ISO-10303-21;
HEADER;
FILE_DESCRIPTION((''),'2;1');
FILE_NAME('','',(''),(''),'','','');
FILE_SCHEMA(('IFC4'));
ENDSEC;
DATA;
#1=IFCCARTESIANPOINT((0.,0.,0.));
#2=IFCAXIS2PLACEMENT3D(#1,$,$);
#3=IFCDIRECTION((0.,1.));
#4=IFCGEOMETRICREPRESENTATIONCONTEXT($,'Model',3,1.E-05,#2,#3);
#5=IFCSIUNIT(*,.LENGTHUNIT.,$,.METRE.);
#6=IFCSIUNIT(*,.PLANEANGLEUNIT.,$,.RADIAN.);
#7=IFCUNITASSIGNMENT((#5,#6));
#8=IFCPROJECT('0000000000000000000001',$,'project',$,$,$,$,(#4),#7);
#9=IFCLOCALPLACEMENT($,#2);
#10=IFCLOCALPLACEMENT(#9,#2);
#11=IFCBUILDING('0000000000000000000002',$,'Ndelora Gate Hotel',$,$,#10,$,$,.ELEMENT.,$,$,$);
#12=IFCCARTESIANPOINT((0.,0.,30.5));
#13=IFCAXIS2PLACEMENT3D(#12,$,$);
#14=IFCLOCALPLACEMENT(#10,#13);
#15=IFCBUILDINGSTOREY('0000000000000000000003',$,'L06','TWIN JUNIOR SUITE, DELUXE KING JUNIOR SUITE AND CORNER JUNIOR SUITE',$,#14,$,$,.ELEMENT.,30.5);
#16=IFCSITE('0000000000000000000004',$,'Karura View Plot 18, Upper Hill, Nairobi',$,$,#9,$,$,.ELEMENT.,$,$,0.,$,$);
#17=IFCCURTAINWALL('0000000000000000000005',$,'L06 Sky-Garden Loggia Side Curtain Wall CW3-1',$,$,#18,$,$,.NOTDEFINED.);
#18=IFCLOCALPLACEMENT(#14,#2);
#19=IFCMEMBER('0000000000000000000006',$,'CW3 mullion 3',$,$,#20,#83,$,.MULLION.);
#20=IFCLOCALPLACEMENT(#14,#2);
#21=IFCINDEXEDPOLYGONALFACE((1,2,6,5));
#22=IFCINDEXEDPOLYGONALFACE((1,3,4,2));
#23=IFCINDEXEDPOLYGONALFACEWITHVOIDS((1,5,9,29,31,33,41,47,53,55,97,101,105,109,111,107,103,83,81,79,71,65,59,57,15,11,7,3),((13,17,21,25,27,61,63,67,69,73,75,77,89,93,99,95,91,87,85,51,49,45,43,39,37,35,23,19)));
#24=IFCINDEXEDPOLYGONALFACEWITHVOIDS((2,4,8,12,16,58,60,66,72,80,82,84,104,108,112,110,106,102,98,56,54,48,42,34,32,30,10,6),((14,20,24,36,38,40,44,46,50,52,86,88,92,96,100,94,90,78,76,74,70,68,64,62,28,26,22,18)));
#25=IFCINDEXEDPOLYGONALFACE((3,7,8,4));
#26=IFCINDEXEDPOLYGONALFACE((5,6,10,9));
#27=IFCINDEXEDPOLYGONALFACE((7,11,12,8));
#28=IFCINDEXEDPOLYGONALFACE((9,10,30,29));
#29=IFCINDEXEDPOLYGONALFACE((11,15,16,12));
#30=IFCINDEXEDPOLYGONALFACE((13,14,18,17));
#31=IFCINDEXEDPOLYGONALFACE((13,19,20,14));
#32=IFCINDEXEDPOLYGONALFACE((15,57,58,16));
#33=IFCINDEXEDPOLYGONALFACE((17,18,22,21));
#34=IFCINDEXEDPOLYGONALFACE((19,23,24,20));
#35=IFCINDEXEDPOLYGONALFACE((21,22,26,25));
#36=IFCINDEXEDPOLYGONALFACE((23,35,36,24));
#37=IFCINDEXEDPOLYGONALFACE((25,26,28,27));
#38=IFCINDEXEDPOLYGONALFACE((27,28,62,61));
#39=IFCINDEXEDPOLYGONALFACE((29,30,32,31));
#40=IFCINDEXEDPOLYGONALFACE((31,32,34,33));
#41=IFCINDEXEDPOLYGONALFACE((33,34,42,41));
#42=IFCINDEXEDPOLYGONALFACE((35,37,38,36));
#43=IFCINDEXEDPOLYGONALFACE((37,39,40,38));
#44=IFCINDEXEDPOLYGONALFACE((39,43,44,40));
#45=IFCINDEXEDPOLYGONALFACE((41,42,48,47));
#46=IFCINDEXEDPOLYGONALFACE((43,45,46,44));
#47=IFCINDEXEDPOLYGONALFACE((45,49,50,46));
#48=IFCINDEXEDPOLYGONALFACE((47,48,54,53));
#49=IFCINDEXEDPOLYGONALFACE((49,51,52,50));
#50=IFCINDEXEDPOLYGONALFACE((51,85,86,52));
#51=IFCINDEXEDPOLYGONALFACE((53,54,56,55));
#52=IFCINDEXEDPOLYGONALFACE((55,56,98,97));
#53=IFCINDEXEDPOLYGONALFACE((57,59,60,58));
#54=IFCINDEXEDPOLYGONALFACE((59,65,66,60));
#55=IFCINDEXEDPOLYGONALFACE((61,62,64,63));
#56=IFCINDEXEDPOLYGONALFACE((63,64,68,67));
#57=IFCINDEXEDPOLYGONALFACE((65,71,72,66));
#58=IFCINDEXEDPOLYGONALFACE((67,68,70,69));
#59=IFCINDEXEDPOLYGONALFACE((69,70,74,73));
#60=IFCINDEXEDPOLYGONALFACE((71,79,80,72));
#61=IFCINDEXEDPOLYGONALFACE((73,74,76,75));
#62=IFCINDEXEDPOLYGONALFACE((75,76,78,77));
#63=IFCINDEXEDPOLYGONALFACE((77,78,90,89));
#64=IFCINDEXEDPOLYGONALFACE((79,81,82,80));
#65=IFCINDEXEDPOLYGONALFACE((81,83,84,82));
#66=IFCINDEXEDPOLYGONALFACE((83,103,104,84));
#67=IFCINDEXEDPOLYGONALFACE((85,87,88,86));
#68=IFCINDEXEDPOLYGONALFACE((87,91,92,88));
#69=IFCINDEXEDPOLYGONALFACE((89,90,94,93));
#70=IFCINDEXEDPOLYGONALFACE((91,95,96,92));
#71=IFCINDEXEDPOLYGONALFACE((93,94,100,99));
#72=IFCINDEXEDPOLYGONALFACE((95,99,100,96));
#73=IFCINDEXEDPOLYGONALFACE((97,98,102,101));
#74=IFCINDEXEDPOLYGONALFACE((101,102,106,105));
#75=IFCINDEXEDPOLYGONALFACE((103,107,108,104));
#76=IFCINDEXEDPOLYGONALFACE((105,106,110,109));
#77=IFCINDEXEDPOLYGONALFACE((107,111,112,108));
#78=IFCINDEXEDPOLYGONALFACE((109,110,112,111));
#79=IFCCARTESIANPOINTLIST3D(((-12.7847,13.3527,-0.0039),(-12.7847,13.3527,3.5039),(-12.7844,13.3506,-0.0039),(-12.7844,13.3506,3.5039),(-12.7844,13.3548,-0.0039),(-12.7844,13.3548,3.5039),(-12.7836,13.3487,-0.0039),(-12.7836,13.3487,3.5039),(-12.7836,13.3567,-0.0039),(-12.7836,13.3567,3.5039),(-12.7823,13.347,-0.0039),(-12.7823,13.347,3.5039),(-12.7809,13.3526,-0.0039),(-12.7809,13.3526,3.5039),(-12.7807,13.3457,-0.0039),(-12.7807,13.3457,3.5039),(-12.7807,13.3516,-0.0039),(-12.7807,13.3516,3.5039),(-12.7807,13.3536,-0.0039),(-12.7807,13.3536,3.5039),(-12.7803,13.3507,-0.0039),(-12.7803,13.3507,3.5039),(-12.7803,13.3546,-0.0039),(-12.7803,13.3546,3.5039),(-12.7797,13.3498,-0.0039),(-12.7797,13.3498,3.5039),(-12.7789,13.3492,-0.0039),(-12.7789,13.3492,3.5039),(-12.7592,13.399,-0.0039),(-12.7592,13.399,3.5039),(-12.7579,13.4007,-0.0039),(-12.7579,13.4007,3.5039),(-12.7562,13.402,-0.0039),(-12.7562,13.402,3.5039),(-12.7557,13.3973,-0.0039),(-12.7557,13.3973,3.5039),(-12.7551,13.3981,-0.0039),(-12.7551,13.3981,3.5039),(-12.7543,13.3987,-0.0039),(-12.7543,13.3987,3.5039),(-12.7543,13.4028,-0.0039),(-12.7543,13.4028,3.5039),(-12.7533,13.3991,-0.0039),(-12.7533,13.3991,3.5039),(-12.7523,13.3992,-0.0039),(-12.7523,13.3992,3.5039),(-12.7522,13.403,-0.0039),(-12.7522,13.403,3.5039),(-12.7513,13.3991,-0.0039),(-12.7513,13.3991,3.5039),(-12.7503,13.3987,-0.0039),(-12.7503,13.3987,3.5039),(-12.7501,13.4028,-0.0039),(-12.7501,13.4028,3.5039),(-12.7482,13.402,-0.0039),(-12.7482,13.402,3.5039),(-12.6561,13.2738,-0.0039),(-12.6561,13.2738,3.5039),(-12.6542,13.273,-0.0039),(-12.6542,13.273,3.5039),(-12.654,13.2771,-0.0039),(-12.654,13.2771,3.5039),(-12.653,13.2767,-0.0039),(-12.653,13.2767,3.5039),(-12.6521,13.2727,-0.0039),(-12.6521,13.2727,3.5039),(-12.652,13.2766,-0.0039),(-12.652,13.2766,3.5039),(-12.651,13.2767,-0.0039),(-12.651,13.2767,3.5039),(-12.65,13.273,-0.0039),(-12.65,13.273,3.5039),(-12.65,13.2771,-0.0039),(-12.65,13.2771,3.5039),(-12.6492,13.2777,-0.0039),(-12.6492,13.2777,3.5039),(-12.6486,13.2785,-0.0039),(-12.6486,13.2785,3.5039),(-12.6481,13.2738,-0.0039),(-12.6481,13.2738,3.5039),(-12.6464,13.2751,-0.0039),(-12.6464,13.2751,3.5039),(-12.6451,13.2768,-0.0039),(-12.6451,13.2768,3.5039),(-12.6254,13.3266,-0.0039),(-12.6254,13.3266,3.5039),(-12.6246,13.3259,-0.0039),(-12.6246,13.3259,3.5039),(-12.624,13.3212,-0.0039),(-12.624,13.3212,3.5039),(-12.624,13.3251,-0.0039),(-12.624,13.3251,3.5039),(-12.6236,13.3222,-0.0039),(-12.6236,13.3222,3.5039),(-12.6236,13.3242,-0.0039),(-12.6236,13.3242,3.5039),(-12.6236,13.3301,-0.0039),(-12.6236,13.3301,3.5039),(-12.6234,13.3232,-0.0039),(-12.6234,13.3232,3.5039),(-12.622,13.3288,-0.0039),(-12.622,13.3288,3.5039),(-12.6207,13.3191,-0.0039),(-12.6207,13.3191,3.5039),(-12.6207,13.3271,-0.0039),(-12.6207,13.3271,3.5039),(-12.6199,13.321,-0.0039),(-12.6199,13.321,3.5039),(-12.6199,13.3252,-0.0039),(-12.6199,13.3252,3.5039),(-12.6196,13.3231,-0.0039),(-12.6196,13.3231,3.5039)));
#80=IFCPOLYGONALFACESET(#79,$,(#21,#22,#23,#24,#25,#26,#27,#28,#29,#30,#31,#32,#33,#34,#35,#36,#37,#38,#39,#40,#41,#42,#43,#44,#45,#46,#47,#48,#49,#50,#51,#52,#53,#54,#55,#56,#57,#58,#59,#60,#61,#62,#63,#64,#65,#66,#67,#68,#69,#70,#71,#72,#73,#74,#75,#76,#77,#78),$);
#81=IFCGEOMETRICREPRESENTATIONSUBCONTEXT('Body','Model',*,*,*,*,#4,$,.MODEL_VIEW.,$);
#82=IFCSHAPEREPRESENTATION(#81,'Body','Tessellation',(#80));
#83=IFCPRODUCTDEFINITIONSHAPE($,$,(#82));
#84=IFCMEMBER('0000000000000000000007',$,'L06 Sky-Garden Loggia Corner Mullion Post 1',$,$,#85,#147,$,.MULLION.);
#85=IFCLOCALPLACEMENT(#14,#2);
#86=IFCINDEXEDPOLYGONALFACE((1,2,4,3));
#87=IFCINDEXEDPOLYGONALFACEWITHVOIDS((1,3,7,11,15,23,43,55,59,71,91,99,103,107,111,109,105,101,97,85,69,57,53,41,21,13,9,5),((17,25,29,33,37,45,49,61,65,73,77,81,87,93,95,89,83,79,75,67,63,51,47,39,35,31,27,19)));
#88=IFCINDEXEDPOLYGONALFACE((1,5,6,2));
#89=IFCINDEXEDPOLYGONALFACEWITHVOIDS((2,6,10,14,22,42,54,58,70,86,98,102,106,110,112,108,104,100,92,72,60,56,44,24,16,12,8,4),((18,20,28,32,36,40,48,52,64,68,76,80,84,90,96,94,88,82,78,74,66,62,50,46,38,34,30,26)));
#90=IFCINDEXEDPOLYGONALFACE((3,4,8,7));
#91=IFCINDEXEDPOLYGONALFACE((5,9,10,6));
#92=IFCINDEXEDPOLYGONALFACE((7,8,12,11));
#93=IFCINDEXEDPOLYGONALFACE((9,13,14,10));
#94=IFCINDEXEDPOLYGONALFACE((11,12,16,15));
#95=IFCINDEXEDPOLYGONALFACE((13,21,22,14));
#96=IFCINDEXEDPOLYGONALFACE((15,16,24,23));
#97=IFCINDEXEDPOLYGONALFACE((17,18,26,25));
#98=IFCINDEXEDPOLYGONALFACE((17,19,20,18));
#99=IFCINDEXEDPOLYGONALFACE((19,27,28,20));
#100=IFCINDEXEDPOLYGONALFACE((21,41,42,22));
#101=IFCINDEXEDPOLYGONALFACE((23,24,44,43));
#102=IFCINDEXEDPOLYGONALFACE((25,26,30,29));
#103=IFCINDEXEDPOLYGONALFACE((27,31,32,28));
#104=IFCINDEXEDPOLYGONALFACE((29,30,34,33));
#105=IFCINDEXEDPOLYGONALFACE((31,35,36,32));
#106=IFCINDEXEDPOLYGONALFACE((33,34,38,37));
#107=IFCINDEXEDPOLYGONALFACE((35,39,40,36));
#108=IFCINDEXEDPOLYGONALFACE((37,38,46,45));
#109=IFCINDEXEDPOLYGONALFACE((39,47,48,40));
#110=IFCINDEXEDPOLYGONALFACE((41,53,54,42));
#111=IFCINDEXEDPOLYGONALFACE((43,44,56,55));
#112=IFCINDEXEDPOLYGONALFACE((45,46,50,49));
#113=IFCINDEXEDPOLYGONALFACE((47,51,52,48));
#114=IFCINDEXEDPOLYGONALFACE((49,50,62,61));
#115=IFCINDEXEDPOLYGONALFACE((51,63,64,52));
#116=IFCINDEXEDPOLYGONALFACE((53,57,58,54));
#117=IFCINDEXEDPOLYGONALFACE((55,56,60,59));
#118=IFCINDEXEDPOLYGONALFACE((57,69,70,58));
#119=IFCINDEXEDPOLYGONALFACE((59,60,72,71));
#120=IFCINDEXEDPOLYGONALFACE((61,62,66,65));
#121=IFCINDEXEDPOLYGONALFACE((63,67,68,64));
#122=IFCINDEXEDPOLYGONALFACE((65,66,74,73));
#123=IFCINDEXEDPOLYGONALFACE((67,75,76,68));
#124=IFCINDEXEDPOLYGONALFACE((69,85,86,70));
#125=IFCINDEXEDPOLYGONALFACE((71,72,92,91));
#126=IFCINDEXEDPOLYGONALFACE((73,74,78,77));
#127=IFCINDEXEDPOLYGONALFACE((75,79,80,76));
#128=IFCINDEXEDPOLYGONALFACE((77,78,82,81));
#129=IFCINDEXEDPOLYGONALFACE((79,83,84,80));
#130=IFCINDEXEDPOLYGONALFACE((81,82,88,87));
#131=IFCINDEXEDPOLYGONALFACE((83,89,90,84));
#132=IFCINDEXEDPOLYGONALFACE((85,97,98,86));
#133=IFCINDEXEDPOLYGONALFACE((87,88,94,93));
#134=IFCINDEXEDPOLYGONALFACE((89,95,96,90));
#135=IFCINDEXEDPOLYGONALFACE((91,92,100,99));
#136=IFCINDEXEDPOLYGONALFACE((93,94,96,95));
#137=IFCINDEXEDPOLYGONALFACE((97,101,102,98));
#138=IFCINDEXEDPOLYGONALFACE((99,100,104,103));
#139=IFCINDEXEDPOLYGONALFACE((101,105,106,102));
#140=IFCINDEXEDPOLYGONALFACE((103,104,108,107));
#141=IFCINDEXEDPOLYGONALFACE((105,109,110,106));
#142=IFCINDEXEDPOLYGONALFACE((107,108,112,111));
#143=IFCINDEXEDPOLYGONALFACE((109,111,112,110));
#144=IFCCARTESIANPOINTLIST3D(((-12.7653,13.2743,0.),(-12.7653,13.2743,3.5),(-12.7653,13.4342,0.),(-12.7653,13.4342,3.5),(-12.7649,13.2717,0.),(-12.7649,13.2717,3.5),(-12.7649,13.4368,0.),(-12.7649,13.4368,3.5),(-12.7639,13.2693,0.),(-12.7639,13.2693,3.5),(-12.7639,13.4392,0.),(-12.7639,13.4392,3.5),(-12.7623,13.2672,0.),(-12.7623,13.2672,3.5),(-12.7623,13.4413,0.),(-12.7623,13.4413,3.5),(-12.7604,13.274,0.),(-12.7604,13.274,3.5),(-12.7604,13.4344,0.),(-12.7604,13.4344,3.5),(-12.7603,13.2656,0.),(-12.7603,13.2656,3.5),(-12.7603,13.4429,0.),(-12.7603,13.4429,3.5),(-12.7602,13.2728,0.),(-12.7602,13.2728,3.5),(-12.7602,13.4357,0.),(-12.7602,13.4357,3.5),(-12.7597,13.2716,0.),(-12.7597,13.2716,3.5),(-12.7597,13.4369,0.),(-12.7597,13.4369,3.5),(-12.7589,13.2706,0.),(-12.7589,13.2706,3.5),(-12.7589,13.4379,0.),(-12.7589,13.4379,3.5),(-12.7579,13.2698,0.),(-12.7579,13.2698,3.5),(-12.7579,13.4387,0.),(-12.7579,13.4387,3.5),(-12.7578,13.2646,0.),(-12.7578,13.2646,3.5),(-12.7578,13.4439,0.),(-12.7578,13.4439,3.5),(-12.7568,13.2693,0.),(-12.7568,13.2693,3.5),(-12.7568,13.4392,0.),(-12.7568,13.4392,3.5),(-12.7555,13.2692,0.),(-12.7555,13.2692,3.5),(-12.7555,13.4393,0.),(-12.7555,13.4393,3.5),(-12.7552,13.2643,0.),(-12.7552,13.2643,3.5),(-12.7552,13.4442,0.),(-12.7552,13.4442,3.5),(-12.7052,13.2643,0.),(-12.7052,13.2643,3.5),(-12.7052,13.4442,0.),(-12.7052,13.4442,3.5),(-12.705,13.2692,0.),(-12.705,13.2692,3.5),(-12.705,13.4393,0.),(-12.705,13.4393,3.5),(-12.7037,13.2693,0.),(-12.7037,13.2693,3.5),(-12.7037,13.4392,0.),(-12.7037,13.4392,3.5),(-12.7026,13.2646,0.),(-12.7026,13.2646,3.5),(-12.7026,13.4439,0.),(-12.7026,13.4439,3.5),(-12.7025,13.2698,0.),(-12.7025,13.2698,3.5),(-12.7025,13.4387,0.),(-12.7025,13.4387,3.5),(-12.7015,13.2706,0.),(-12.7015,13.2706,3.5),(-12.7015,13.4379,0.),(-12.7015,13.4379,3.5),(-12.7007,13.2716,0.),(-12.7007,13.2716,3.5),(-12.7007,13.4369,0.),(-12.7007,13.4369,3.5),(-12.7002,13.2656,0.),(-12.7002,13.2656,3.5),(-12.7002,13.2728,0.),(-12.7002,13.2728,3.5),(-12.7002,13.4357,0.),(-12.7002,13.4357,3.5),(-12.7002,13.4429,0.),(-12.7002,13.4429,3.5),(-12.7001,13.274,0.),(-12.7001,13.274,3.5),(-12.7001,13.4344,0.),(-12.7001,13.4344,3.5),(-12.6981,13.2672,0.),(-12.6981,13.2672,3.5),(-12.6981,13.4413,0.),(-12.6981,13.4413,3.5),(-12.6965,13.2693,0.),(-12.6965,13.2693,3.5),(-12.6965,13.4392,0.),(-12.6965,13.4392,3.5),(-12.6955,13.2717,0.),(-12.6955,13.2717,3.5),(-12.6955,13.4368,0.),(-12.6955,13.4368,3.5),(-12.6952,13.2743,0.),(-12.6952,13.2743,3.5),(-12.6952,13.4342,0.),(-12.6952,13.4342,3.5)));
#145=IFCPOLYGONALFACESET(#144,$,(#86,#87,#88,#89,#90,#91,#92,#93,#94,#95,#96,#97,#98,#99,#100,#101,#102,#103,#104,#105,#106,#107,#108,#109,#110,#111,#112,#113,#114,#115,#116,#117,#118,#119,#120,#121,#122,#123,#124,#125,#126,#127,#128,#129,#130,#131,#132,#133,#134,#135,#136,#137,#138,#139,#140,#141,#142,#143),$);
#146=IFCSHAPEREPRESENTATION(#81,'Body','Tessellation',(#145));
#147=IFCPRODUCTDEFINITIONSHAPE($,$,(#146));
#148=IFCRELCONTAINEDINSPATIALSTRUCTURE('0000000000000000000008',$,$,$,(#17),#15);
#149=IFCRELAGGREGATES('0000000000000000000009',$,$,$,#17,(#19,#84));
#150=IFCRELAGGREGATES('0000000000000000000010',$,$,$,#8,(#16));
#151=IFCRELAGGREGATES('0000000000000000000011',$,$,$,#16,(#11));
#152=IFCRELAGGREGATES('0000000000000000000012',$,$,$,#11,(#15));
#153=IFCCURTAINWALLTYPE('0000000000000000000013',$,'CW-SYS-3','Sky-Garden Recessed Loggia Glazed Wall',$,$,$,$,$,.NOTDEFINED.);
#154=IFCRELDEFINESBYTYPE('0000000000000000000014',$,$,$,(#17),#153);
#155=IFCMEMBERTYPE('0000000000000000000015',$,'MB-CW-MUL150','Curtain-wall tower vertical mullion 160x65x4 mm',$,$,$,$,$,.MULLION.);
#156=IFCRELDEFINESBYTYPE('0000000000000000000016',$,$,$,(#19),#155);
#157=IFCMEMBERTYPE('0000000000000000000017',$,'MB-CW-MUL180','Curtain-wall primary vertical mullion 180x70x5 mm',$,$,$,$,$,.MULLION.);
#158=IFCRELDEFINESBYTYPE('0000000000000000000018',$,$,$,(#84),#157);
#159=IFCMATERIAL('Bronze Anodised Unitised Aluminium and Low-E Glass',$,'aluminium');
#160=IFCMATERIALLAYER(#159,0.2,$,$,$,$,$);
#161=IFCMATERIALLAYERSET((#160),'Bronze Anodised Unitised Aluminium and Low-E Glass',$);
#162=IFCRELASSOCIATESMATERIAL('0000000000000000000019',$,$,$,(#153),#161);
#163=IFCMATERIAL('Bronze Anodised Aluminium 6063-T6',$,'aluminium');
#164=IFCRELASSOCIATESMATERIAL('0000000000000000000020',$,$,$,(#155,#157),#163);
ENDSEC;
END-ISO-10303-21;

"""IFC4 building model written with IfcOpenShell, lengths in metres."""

from ifc_helpers import new_model, si_unit, direction, frame, origin, origin_2d, place, context, subcontext, project, spatial, hollow_rectangle, extrude, material, layer, layer_set, material_profile, profile_set, type_object, element, aggregate, save


model = new_model("IFC4")

# Units and contexts
model_context = context("Model", 3, precision=1e-05, world=origin(), true_north=direction((0.0, 1.0)))
body_context = subcontext(model_context, "Body", "Model", "MODEL_VIEW")
ifc_project = project(units=[si_unit("LENGTHUNIT", "METRE"), si_unit("PLANEANGLEUNIT", "RADIAN")], contexts=[model_context])

# Site, building, storey
site_placement = place(None, origin())
site = spatial("IfcSite", under=ifc_project, at=site_placement, Name="Karura View Plot 18, Upper Hill, Nairobi", CompositionType="ELEMENT", RefElevation=0.0)
building_placement = place(site_placement, origin())
building = spatial("IfcBuilding", under=site, at=building_placement, Name="Ndelora Gate Hotel", CompositionType="ELEMENT")
storey_placement = place(building_placement, frame((0.0, 0.0, 30.5)))
storey = spatial("IfcBuildingStorey", under=building, at=storey_placement, Name="L06", Description="TWIN JUNIOR SUITE, DELUXE KING JUNIOR SUITE AND CORNER JUNIOR SUITE", CompositionType="ELEMENT", Elevation=30.5)

# Curtain wall, members
ifc_material_1 = material(Name="Bronze Anodised Unitised Aluminium and Low-E Glass", Category="aluminium")
ifc_layer_1 = layer(ifc_material_1, 0.2)
ifc_layer_set_1 = layer_set([ifc_layer_1], Name="Bronze Anodised Unitised Aluminium and Low-E Glass")
curtain_wall_type = type_object("IfcCurtainWallType", Name="CW-SYS-3", Description="Sky-Garden Recessed Loggia Glazed Wall", PredefinedType="NOTDEFINED", material=ifc_layer_set_1)
curtain_wall_placement = place(storey_placement, origin())
curtain_wall = element("IfcCurtainWall", 1, at=curtain_wall_placement, inside=storey, type_object=curtain_wall_type, Name="L06 Sky-Garden Loggia Side Curtain Wall CW3-1", PredefinedType="NOTDEFINED")
ifc_material_2 = material(Name="Bronze Anodised Aluminium 6063-T6", Category="aluminium")
ifc_material_profile_1 = material_profile(ifc_material_2, hollow_rectangle(XDim=0.0649, YDim=0.1599, WallThickness=0.0039, InnerFilletRadius=0.0039, OuterFilletRadius=0.0081, at=origin_2d()), Name="ALU 160x65x4")
ifc_profile_set_1 = profile_set([ifc_material_profile_1], Name="Bronze Anodised Aluminium 6063-T6")
member_type_1 = type_object("IfcMemberType", Name="MB-CW-MUL150", Description="Curtain-wall tower vertical mullion 160x65x4 mm", PredefinedType="MULLION", material=ifc_profile_set_1)
member_1_placement = place(storey_placement, frame((-12.7021, 13.3379, -0.0039), z_axis=(0.0, 0.0, 1.0), x_axis=(-0.499991, -0.86603, 0.0)))
member_1 = element("IfcMember", 2, at=member_1_placement, type_object=member_type_1, Name="CW3 mullion 3", PredefinedType="MULLION", context=body_context, shape_type="SweptSolid", body=[
    extrude(hollow_rectangle(XDim=0.0649, YDim=0.1599, WallThickness=0.0039, InnerFilletRadius=0.0039, OuterFilletRadius=0.0081, at=origin_2d()), origin(), (0.0, 0.0, 1.0), 3.5078),
])
ifc_material_profile_2 = material_profile(ifc_material_2, hollow_rectangle(XDim=0.0701, YDim=0.1799, WallThickness=0.0049, InnerFilletRadius=0.0049, OuterFilletRadius=0.01, at=origin_2d()), Name="ALU 180x70x5")
ifc_profile_set_2 = profile_set([ifc_material_profile_2], Name="Bronze Anodised Aluminium 6063-T6")
member_type_2 = type_object("IfcMemberType", Name="MB-CW-MUL180", Description="Curtain-wall primary vertical mullion 180x70x5 mm", PredefinedType="MULLION", material=ifc_profile_set_2)
member_2_placement = place(storey_placement, frame((-12.7302, 13.3542, 0.0), z_axis=(0.0, 0.0, 1.0), x_axis=(1.0, 0.0, 0.0)))
member_2 = element("IfcMember", 3, at=member_2_placement, type_object=member_type_2, Name="L06 Sky-Garden Loggia Corner Mullion Post 1", PredefinedType="MULLION", context=body_context, shape_type="SweptSolid", body=[
    extrude(hollow_rectangle(XDim=0.0701, YDim=0.1799, WallThickness=0.0049, InnerFilletRadius=0.0049, OuterFilletRadius=0.01, at=origin_2d()), origin(), (0.0, 0.0, 1.0), 3.5),
])
aggregate(curtain_wall, [member_1, member_2])

save(model, "model.ifc")
